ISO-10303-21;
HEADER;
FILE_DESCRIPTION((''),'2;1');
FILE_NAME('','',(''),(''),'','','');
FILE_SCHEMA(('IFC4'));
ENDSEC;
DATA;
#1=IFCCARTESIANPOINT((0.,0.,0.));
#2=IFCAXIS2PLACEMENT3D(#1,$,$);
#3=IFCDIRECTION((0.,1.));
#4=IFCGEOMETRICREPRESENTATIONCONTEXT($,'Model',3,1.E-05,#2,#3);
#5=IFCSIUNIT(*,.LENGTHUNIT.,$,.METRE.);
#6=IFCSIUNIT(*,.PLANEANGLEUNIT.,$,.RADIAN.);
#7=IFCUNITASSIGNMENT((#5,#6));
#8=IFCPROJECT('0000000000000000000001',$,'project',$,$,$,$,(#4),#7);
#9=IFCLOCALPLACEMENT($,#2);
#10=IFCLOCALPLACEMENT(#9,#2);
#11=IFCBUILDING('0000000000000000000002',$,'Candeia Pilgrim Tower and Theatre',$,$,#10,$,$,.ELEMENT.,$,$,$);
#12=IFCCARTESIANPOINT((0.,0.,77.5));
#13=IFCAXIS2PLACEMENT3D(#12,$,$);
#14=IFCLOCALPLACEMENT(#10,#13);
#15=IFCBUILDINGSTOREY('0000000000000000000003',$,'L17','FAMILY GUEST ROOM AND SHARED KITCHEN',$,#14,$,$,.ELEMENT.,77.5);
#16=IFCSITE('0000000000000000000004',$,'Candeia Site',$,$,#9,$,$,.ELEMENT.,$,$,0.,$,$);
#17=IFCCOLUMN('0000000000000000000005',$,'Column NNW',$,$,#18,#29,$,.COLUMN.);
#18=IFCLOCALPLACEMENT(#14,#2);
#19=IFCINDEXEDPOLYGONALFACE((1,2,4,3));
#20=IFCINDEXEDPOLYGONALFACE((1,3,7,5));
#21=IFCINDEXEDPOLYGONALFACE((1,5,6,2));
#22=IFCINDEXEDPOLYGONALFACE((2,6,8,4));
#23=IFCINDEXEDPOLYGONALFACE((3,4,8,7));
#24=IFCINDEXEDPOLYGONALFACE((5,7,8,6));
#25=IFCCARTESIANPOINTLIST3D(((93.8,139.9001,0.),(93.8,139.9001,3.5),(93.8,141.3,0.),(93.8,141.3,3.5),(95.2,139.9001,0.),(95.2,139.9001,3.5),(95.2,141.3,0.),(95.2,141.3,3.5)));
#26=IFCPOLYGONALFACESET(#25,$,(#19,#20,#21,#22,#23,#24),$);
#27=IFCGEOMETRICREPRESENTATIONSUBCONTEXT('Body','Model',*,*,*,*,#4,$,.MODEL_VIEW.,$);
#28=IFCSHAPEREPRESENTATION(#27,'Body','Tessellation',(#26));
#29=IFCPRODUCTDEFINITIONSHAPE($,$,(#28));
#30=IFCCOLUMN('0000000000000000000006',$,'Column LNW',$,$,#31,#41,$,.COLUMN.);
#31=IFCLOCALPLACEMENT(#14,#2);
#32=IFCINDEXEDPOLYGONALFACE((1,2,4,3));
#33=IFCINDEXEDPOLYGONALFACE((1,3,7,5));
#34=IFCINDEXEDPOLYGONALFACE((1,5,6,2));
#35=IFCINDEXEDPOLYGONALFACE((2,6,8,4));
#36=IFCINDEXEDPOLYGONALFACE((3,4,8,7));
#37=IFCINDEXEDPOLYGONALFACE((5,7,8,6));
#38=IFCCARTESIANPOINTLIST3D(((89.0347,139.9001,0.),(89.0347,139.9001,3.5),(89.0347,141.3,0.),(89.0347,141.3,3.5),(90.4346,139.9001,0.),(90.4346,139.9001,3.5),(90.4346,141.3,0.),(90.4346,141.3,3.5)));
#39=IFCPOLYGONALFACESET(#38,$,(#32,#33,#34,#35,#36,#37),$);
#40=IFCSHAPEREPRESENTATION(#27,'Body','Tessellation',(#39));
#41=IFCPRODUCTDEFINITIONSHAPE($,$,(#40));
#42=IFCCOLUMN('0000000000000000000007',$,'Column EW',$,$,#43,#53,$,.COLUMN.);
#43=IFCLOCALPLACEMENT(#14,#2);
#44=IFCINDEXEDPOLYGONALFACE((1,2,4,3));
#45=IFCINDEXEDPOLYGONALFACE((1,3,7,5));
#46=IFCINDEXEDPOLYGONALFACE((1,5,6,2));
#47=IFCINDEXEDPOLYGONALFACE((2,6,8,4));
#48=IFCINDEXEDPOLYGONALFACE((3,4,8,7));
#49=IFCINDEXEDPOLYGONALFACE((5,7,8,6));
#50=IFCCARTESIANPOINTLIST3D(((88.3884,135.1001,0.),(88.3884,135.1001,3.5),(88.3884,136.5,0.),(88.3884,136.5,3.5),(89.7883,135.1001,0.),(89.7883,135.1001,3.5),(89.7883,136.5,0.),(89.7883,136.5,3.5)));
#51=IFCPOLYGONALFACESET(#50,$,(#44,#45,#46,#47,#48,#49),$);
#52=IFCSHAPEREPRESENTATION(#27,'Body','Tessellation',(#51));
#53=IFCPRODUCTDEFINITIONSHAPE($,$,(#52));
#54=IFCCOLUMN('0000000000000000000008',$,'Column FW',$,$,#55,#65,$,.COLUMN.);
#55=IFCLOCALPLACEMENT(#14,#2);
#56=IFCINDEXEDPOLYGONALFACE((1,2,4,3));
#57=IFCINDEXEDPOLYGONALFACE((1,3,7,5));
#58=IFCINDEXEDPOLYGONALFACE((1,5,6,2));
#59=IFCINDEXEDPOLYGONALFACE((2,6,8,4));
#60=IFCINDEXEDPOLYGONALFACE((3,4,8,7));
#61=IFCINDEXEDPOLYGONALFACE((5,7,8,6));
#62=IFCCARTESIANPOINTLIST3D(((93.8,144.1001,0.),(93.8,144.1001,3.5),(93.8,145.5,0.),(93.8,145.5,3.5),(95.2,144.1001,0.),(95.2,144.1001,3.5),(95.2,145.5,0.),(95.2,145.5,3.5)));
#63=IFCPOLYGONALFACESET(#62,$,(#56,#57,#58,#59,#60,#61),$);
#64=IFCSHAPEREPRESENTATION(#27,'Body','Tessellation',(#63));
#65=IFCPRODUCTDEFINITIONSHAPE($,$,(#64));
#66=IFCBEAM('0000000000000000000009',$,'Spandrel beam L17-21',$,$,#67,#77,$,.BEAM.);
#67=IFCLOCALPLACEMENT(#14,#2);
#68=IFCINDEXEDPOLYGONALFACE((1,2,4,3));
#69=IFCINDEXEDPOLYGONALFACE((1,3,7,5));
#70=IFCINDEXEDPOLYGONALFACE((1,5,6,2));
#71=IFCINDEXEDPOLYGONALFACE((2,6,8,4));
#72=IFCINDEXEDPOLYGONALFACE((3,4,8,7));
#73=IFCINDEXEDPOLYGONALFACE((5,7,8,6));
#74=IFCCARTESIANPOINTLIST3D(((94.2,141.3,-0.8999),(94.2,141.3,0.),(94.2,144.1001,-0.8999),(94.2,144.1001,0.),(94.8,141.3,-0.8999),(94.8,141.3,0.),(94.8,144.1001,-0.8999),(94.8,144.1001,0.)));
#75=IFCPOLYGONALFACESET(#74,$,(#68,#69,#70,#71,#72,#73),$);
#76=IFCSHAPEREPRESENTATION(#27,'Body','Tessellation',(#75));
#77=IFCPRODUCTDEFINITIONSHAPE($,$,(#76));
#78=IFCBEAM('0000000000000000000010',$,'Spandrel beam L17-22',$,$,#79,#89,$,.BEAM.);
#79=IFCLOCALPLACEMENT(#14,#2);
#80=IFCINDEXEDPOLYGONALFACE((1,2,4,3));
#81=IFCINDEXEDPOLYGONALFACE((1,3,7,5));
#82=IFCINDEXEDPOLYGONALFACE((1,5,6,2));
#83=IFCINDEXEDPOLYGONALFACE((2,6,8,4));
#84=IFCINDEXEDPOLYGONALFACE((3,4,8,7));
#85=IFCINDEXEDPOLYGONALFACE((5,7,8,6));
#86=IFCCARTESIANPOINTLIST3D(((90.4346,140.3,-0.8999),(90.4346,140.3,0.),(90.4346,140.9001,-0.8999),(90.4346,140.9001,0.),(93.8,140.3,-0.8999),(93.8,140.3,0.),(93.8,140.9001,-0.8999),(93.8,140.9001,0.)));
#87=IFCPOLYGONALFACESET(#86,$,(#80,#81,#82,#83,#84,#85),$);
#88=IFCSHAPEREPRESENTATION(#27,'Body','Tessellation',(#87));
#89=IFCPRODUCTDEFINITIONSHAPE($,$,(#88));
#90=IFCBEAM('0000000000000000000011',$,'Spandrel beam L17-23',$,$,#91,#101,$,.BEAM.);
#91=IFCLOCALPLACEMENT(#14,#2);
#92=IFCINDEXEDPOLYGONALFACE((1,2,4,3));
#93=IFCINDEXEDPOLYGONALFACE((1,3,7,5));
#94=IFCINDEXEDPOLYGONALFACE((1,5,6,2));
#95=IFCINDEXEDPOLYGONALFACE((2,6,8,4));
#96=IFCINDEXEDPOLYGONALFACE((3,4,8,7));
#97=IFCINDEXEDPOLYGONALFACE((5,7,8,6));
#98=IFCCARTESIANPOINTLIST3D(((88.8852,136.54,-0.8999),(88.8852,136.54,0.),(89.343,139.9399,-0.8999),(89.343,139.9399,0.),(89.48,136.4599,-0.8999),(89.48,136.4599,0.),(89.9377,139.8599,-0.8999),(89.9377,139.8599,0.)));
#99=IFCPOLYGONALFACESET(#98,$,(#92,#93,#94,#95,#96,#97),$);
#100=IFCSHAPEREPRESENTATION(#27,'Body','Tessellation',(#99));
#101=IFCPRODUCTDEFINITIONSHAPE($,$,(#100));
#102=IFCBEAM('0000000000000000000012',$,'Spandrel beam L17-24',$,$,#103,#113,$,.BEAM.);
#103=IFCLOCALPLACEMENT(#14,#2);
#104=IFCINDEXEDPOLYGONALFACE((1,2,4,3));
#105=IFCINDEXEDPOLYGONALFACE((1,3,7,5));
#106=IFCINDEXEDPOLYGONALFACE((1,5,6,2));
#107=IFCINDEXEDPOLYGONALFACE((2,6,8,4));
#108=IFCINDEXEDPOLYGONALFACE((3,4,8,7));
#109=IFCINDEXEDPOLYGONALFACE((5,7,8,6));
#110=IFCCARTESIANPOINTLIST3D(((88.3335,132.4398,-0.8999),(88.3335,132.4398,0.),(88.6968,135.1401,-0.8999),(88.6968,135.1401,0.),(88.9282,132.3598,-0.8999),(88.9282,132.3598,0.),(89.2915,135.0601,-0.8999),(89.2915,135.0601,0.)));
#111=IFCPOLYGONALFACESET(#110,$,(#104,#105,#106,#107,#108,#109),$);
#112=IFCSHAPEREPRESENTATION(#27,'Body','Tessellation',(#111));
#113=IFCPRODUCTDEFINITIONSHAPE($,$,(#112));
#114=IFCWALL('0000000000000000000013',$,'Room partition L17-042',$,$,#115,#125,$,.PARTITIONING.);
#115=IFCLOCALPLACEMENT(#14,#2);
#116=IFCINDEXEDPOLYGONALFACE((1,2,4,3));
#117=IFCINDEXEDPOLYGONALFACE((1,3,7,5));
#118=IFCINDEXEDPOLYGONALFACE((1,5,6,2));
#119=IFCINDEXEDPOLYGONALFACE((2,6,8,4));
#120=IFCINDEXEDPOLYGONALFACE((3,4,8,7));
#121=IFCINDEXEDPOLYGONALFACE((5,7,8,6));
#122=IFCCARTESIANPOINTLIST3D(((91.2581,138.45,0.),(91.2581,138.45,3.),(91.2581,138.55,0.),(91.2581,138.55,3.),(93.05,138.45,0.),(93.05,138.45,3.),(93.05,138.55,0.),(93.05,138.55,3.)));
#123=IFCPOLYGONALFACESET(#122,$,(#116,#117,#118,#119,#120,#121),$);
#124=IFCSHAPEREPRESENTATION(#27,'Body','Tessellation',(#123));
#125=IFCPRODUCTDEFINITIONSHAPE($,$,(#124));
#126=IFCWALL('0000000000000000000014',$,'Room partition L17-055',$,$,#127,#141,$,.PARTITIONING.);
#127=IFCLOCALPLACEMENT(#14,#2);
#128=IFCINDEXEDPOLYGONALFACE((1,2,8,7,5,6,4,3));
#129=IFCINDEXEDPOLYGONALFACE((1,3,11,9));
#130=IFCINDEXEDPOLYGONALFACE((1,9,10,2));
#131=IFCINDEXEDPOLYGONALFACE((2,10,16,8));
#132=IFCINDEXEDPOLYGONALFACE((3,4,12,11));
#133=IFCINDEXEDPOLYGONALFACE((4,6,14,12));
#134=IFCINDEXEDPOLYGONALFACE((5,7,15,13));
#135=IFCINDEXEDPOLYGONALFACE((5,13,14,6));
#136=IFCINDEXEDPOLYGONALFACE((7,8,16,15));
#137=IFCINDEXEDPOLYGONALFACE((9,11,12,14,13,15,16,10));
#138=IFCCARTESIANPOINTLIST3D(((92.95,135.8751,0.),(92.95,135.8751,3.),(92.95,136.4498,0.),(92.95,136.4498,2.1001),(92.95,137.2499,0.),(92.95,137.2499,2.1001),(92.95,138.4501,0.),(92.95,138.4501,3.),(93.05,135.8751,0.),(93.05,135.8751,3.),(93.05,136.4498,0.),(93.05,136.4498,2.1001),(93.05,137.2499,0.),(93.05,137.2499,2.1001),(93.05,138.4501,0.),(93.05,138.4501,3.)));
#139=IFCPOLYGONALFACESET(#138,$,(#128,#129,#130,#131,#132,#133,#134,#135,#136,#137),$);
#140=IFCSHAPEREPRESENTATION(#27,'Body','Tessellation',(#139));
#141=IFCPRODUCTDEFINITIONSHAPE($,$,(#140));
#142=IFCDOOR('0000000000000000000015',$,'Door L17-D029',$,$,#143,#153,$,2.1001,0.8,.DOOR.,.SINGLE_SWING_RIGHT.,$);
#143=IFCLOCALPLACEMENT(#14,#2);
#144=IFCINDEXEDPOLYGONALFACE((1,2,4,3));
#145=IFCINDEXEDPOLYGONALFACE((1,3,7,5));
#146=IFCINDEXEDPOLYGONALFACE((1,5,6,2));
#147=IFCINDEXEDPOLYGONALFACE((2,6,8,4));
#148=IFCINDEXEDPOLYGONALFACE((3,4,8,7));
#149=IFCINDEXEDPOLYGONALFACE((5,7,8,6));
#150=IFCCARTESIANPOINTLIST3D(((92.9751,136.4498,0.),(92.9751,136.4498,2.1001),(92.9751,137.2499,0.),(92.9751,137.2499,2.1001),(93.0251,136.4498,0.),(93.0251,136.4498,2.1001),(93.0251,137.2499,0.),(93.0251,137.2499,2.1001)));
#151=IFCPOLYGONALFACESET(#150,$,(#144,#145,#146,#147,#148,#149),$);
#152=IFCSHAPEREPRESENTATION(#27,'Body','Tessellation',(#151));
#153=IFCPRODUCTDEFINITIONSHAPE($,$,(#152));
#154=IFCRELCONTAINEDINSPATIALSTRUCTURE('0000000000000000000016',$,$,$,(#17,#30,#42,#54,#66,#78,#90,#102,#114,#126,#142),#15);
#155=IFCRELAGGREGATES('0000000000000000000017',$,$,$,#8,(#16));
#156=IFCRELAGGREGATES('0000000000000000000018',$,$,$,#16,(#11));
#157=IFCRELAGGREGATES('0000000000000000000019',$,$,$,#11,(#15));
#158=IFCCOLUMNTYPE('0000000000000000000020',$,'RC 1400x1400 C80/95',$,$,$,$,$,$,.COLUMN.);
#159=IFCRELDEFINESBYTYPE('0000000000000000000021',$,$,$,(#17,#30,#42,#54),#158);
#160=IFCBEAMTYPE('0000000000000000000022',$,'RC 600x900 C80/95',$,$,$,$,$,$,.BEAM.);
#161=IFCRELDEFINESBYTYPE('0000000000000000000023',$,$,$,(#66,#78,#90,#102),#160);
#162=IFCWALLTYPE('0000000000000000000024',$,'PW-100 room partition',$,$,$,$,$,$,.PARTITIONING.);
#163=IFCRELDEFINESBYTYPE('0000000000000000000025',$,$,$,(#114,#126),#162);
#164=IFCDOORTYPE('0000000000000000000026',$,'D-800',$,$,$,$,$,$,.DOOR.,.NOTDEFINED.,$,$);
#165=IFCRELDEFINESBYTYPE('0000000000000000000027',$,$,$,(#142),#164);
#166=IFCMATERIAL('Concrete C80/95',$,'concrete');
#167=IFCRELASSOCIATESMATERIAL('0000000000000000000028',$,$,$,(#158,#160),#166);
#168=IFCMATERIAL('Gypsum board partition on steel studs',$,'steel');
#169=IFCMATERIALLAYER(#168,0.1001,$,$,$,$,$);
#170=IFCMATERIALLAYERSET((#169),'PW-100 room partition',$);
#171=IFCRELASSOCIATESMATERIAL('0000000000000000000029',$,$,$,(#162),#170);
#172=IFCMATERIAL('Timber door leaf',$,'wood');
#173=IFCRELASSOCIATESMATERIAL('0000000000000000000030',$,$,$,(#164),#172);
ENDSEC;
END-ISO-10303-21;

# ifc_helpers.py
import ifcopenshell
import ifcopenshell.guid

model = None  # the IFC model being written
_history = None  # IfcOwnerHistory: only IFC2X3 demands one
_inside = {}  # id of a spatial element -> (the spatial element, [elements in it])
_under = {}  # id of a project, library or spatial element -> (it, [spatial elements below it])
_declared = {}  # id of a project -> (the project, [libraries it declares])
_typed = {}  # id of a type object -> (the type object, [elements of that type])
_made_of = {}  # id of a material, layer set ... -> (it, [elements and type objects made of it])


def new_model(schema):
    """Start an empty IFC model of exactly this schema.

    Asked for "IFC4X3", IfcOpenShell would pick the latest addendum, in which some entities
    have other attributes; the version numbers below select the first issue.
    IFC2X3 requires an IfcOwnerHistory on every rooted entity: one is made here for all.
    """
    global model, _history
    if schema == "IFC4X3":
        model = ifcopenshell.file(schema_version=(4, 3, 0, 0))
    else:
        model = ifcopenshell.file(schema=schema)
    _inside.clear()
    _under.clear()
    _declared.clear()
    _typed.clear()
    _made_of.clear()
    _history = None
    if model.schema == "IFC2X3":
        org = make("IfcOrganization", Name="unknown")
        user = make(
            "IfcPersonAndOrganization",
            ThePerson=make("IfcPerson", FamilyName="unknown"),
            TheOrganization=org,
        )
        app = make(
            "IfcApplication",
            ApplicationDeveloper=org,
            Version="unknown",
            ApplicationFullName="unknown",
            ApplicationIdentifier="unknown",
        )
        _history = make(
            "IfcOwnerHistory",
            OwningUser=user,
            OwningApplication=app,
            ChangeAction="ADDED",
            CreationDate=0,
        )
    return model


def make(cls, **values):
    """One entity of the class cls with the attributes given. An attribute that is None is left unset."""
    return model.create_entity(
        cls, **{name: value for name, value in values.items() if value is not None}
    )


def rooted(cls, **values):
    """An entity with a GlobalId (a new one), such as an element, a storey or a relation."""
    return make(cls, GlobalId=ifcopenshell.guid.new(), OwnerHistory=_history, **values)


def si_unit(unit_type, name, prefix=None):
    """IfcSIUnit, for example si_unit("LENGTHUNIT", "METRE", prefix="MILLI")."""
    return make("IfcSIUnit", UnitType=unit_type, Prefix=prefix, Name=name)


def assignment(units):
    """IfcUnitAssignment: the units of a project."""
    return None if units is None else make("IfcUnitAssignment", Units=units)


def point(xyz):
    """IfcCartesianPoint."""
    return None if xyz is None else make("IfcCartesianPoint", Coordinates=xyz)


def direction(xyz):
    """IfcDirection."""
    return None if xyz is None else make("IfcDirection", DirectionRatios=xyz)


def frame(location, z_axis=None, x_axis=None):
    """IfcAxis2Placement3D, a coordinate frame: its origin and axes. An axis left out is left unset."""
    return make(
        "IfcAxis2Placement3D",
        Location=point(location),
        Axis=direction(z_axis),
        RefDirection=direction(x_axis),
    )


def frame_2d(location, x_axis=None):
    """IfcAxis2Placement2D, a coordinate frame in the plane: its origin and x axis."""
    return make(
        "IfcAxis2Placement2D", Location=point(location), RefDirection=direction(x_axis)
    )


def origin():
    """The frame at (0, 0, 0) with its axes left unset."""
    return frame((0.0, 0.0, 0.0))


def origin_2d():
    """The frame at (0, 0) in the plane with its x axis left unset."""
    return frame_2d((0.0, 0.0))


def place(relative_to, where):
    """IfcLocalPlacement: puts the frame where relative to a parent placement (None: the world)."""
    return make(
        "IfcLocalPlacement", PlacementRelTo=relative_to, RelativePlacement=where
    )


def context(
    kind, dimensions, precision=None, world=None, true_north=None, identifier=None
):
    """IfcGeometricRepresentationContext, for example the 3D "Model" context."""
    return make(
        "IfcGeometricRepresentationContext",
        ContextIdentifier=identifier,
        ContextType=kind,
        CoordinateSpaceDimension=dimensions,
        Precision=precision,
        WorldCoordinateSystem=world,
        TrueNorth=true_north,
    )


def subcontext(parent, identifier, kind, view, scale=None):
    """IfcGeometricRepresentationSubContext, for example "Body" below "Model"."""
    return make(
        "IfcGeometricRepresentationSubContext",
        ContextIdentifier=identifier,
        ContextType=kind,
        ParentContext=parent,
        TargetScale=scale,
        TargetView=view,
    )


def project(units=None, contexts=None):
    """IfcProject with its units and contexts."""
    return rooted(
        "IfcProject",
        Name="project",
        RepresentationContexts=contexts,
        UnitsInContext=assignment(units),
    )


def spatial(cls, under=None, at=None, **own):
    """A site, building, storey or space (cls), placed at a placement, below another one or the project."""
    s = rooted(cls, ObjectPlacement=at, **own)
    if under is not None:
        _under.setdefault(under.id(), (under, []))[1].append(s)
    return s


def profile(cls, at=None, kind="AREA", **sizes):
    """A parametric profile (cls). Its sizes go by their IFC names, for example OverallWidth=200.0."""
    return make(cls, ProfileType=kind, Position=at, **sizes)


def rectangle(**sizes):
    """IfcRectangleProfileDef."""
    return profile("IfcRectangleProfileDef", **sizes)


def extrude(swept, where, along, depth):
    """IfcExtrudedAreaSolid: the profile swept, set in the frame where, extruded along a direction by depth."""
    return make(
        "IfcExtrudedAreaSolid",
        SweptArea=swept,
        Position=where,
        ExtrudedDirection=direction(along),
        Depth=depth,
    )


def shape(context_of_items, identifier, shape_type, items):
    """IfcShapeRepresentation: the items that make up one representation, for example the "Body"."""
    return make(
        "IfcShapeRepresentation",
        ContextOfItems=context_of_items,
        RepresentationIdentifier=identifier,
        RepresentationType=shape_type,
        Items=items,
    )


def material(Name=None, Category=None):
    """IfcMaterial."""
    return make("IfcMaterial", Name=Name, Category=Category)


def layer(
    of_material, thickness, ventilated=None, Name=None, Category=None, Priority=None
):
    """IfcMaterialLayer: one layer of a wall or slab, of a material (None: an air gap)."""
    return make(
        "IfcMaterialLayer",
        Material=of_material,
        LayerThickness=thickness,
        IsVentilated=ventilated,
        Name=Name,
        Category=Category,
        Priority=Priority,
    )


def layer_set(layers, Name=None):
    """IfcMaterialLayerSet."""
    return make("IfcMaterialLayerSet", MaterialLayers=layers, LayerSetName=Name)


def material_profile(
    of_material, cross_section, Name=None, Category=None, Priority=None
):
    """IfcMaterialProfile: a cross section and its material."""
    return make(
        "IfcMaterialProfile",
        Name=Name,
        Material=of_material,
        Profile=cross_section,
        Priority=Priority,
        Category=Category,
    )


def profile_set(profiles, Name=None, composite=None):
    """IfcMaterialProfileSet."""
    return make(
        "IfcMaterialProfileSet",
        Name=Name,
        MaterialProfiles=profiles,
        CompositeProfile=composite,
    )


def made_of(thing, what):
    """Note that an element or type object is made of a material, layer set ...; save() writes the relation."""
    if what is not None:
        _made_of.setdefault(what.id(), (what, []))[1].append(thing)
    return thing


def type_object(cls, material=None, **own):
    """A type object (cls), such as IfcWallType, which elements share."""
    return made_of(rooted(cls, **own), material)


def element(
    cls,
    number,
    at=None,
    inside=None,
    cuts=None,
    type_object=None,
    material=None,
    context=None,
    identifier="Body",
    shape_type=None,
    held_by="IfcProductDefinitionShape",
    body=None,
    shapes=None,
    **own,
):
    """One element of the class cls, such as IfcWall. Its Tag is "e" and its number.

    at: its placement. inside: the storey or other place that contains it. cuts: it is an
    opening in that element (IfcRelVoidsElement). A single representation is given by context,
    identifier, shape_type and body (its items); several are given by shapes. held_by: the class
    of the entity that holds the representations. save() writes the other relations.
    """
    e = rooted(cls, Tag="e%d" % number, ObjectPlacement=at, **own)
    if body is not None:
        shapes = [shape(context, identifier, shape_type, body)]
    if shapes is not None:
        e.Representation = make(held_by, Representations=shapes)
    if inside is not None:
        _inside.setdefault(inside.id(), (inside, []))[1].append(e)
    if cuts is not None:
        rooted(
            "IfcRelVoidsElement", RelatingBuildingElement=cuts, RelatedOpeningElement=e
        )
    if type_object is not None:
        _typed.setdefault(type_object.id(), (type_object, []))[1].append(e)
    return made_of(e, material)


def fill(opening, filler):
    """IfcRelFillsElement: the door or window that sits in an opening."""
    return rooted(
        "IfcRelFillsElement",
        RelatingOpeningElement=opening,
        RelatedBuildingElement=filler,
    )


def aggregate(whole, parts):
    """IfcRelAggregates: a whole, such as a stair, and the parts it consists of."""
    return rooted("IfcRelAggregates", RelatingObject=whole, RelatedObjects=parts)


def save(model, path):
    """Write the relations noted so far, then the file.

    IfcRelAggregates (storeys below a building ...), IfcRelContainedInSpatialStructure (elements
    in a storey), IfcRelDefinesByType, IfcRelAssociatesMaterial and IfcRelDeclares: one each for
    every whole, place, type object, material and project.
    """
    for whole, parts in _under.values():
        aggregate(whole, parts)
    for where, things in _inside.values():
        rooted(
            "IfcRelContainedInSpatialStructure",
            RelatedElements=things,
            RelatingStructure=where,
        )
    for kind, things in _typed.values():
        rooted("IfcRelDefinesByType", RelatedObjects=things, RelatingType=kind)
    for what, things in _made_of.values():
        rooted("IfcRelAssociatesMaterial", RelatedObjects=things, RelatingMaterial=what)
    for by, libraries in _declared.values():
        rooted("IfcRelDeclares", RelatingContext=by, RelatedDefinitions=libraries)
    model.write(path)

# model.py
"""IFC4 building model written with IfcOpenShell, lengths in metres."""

from ifc_helpers import new_model, si_unit, direction, frame, frame_2d, origin, origin_2d, place, context, subcontext, project, spatial, rectangle, extrude, material, layer, layer_set, material_profile, profile_set, type_object, element, fill, save


model = new_model("IFC4")

# Units and contexts
model_context = context("Model", 3, precision=1e-05, world=origin(), true_north=direction((0.0, 1.0)))
body_context = subcontext(model_context, "Body", "Model", "MODEL_VIEW")
ifc_project = project(units=[si_unit("LENGTHUNIT", "METRE"), si_unit("PLANEANGLEUNIT", "RADIAN")], contexts=[model_context])

# Site, building, storey
site_placement = place(None, origin())
site = spatial("IfcSite", under=ifc_project, at=site_placement, Name="Candeia Site", CompositionType="ELEMENT", RefElevation=0.0)
building_placement = place(site_placement, origin())
building = spatial("IfcBuilding", under=site, at=building_placement, Name="Candeia Pilgrim Tower and Theatre", CompositionType="ELEMENT")
storey_placement = place(building_placement, frame((0.0, 0.0, 77.5)))
storey = spatial("IfcBuildingStorey", under=building, at=storey_placement, Name="L17", Description="FAMILY GUEST ROOM AND SHARED KITCHEN", CompositionType="ELEMENT", Elevation=77.5)

# Columns
ifc_material_1 = material(Name="Concrete C80/95", Category="concrete")
ifc_material_profile_1 = material_profile(ifc_material_1, rectangle(XDim=1.3999, YDim=1.3999, at=origin_2d()))
ifc_profile_set_1 = profile_set([ifc_material_profile_1], Name="Concrete C80/95")
column_type = type_object("IfcColumnType", Name="RC 1400x1400 C80/95", PredefinedType="COLUMN", material=ifc_profile_set_1)
for number, where, z_axis, x_axis, name in (
    (1, (94.5, 140.6001, 0.0), (0.0, 0.0, 1.0), (1.0, 0.0, 0.0), "Column NNW"),
    (2, (89.7346, 140.6001, 0.0), (0.0, 0.0, 1.0), (1.0, 0.0, 0.0), "Column LNW"),
    (3, (89.0884, 135.8, 0.0), (0.0, 0.0, 1.0), (1.0, 0.0, 0.0), "Column EW"),
    (4, (94.5, 144.8, 0.0), (0.0, 0.0, 1.0), (1.0, 0.0, 0.0), "Column FW"),
):
    element("IfcColumn", number, at=place(storey_placement, frame(where, z_axis=z_axis, x_axis=x_axis)), inside=storey, type_object=column_type, Name=name, PredefinedType="COLUMN", context=body_context, shape_type="SweptSolid", body=[
        extrude(rectangle(XDim=1.3999, YDim=1.3999, at=origin_2d()), origin(), (0.0, 0.0, 1.0), 3.5),
    ])

# Beams
ifc_material_profile_2 = material_profile(ifc_material_1, rectangle(XDim=0.6001, YDim=0.8999, at=origin_2d()))
ifc_profile_set_2 = profile_set([ifc_material_profile_2], Name="Concrete C80/95")
beam_type = type_object("IfcBeamType", Name="RC 600x900 C80/95", PredefinedType="BEAM", material=ifc_profile_set_2)
beam_1_placement = place(storey_placement, frame((94.5, 144.1001, -0.45), z_axis=(0.0, -1.0, 0.0), x_axis=(1.0, 0.0, 0.0)))
element("IfcBeam", 5, at=beam_1_placement, inside=storey, type_object=beam_type, Name="Spandrel beam L17-21", PredefinedType="BEAM", context=body_context, shape_type="SweptSolid", body=[
    extrude(rectangle(XDim=0.6001, YDim=0.8999, at=origin_2d()), origin(), (0.0, 0.0, 1.0), 2.8),
])
beam_2_placement = place(storey_placement, frame((93.8, 140.6001, -0.45), z_axis=(-1.0, 0.0, 0.0), x_axis=(0.0, -1.0, 0.0)))
element("IfcBeam", 6, at=beam_2_placement, inside=storey, type_object=beam_type, Name="Spandrel beam L17-22", PredefinedType="BEAM", context=body_context, shape_type="SweptSolid", body=[
    extrude(rectangle(XDim=0.6001, YDim=0.8999, at=origin_2d()), origin(), (0.0, 0.0, 1.0), 3.3655),
])
beam_3_placement = place(storey_placement, frame((89.6404, 139.8999, -0.45), z_axis=(-0.133436, -0.991057, 0.0), x_axis=(0.991057, -0.133436, 0.0)))
element("IfcBeam", 7, at=beam_3_placement, inside=storey, type_object=beam_type, Name="Spandrel beam L17-23", PredefinedType="BEAM", context=body_context, shape_type="SweptSolid", body=[
    extrude(rectangle(XDim=0.6001, YDim=0.8999, at=origin_2d()), origin(), (0.0, 0.0, 1.0), 3.4307),
])
beam_4_placement = place(storey_placement, frame((88.9941, 135.1001, -0.45), z_axis=(-0.133338, -0.991071, 0.0), x_axis=(0.991071, -0.133338, 0.0)))
element("IfcBeam", 8, at=beam_4_placement, inside=storey, type_object=beam_type, Name="Spandrel beam L17-24", PredefinedType="BEAM", context=body_context, shape_type="SweptSolid", body=[
    extrude(rectangle(XDim=0.6001, YDim=0.8999, at=origin_2d()), origin(), (0.0, 0.0, 1.0), 2.7246),
])

# Wall
ifc_material_2 = material(Name="Gypsum board partition on steel studs", Category="steel")
ifc_layer_1 = layer(ifc_material_2, 0.1001)
ifc_layer_set_1 = layer_set([ifc_layer_1], Name="PW-100 room partition")
wall_type_1 = type_object("IfcWallType", Name="PW-100 room partition", PredefinedType="PARTITIONING", material=ifc_layer_set_1)
wall_1_placement = place(storey_placement, frame((91.2581, 138.5, 0.0), z_axis=(0.0, 0.0, 1.0), x_axis=(1.0, 0.0, 0.0)))
element("IfcWall", 9, at=wall_1_placement, inside=storey, type_object=wall_type_1, Name="Room partition L17-042", PredefinedType="PARTITIONING", context=body_context, shape_type="SweptSolid", body=[
    extrude(rectangle(XDim=1.792, YDim=0.1001, at=frame_2d((0.896, 0.0))), origin(), (0.0, 0.0, 1.0), 3.0),
])

# Wall, opening, door
wall_2_placement = place(storey_placement, frame((93.0, 135.875, 0.0), z_axis=(0.0, 0.0, 1.0), x_axis=(0.0, 1.0, 0.0)))
wall_2 = element("IfcWall", 10, at=wall_2_placement, inside=storey, type_object=wall_type_1, Name="Room partition L17-055", PredefinedType="PARTITIONING", context=body_context, shape_type="SweptSolid", body=[
    extrude(rectangle(XDim=2.575, YDim=0.1001, at=frame_2d((1.2876, 0.0))), origin(), (0.0, 0.0, 1.0), 3.0),
])
opening_1_placement = place(wall_2_placement, frame((0.575, 0.0, 0.0)))
opening_1 = element("IfcOpeningElement", 11, at=opening_1_placement, cuts=wall_2, PredefinedType="OPENING", context=body_context, shape_type="SweptSolid", body=[
    extrude(rectangle(XDim=0.8, YDim=2.1001, at=frame_2d((0.3999, 1.05))), frame((0.0, 0.0601, 0.0), z_axis=(0.0, -1.0, 0.0), x_axis=(1.0, 0.0, 0.0)), (0.0, 0.0, 1.0), 0.1201),
])
ifc_material_3 = material(Name="Timber door leaf", Category="wood")
door_type_1 = type_object("IfcDoorType", Name="D-800", OperationType="NOTDEFINED", PredefinedType="DOOR", material=ifc_material_3)
door_1_placement = place(opening_1_placement, origin())
door_1 = element("IfcDoor", 12, at=door_1_placement, inside=storey, type_object=door_type_1, Name="Door L17-D029", OperationType="SINGLE_SWING_RIGHT", OverallHeight=2.1001, OverallWidth=0.8, PredefinedType="DOOR", context=body_context, shape_type="SweptSolid", body=[
    extrude(rectangle(XDim=0.8, YDim=2.1001, at=frame_2d((0.3999, 1.05))), frame((0.0, 0.0249, 0.0), z_axis=(0.0, -1.0, 0.0), x_axis=(1.0, 0.0, 0.0)), (0.0, 0.0, 1.0), 0.05),
])
fill(opening_1, door_1)

save(model, "model.ifc")
